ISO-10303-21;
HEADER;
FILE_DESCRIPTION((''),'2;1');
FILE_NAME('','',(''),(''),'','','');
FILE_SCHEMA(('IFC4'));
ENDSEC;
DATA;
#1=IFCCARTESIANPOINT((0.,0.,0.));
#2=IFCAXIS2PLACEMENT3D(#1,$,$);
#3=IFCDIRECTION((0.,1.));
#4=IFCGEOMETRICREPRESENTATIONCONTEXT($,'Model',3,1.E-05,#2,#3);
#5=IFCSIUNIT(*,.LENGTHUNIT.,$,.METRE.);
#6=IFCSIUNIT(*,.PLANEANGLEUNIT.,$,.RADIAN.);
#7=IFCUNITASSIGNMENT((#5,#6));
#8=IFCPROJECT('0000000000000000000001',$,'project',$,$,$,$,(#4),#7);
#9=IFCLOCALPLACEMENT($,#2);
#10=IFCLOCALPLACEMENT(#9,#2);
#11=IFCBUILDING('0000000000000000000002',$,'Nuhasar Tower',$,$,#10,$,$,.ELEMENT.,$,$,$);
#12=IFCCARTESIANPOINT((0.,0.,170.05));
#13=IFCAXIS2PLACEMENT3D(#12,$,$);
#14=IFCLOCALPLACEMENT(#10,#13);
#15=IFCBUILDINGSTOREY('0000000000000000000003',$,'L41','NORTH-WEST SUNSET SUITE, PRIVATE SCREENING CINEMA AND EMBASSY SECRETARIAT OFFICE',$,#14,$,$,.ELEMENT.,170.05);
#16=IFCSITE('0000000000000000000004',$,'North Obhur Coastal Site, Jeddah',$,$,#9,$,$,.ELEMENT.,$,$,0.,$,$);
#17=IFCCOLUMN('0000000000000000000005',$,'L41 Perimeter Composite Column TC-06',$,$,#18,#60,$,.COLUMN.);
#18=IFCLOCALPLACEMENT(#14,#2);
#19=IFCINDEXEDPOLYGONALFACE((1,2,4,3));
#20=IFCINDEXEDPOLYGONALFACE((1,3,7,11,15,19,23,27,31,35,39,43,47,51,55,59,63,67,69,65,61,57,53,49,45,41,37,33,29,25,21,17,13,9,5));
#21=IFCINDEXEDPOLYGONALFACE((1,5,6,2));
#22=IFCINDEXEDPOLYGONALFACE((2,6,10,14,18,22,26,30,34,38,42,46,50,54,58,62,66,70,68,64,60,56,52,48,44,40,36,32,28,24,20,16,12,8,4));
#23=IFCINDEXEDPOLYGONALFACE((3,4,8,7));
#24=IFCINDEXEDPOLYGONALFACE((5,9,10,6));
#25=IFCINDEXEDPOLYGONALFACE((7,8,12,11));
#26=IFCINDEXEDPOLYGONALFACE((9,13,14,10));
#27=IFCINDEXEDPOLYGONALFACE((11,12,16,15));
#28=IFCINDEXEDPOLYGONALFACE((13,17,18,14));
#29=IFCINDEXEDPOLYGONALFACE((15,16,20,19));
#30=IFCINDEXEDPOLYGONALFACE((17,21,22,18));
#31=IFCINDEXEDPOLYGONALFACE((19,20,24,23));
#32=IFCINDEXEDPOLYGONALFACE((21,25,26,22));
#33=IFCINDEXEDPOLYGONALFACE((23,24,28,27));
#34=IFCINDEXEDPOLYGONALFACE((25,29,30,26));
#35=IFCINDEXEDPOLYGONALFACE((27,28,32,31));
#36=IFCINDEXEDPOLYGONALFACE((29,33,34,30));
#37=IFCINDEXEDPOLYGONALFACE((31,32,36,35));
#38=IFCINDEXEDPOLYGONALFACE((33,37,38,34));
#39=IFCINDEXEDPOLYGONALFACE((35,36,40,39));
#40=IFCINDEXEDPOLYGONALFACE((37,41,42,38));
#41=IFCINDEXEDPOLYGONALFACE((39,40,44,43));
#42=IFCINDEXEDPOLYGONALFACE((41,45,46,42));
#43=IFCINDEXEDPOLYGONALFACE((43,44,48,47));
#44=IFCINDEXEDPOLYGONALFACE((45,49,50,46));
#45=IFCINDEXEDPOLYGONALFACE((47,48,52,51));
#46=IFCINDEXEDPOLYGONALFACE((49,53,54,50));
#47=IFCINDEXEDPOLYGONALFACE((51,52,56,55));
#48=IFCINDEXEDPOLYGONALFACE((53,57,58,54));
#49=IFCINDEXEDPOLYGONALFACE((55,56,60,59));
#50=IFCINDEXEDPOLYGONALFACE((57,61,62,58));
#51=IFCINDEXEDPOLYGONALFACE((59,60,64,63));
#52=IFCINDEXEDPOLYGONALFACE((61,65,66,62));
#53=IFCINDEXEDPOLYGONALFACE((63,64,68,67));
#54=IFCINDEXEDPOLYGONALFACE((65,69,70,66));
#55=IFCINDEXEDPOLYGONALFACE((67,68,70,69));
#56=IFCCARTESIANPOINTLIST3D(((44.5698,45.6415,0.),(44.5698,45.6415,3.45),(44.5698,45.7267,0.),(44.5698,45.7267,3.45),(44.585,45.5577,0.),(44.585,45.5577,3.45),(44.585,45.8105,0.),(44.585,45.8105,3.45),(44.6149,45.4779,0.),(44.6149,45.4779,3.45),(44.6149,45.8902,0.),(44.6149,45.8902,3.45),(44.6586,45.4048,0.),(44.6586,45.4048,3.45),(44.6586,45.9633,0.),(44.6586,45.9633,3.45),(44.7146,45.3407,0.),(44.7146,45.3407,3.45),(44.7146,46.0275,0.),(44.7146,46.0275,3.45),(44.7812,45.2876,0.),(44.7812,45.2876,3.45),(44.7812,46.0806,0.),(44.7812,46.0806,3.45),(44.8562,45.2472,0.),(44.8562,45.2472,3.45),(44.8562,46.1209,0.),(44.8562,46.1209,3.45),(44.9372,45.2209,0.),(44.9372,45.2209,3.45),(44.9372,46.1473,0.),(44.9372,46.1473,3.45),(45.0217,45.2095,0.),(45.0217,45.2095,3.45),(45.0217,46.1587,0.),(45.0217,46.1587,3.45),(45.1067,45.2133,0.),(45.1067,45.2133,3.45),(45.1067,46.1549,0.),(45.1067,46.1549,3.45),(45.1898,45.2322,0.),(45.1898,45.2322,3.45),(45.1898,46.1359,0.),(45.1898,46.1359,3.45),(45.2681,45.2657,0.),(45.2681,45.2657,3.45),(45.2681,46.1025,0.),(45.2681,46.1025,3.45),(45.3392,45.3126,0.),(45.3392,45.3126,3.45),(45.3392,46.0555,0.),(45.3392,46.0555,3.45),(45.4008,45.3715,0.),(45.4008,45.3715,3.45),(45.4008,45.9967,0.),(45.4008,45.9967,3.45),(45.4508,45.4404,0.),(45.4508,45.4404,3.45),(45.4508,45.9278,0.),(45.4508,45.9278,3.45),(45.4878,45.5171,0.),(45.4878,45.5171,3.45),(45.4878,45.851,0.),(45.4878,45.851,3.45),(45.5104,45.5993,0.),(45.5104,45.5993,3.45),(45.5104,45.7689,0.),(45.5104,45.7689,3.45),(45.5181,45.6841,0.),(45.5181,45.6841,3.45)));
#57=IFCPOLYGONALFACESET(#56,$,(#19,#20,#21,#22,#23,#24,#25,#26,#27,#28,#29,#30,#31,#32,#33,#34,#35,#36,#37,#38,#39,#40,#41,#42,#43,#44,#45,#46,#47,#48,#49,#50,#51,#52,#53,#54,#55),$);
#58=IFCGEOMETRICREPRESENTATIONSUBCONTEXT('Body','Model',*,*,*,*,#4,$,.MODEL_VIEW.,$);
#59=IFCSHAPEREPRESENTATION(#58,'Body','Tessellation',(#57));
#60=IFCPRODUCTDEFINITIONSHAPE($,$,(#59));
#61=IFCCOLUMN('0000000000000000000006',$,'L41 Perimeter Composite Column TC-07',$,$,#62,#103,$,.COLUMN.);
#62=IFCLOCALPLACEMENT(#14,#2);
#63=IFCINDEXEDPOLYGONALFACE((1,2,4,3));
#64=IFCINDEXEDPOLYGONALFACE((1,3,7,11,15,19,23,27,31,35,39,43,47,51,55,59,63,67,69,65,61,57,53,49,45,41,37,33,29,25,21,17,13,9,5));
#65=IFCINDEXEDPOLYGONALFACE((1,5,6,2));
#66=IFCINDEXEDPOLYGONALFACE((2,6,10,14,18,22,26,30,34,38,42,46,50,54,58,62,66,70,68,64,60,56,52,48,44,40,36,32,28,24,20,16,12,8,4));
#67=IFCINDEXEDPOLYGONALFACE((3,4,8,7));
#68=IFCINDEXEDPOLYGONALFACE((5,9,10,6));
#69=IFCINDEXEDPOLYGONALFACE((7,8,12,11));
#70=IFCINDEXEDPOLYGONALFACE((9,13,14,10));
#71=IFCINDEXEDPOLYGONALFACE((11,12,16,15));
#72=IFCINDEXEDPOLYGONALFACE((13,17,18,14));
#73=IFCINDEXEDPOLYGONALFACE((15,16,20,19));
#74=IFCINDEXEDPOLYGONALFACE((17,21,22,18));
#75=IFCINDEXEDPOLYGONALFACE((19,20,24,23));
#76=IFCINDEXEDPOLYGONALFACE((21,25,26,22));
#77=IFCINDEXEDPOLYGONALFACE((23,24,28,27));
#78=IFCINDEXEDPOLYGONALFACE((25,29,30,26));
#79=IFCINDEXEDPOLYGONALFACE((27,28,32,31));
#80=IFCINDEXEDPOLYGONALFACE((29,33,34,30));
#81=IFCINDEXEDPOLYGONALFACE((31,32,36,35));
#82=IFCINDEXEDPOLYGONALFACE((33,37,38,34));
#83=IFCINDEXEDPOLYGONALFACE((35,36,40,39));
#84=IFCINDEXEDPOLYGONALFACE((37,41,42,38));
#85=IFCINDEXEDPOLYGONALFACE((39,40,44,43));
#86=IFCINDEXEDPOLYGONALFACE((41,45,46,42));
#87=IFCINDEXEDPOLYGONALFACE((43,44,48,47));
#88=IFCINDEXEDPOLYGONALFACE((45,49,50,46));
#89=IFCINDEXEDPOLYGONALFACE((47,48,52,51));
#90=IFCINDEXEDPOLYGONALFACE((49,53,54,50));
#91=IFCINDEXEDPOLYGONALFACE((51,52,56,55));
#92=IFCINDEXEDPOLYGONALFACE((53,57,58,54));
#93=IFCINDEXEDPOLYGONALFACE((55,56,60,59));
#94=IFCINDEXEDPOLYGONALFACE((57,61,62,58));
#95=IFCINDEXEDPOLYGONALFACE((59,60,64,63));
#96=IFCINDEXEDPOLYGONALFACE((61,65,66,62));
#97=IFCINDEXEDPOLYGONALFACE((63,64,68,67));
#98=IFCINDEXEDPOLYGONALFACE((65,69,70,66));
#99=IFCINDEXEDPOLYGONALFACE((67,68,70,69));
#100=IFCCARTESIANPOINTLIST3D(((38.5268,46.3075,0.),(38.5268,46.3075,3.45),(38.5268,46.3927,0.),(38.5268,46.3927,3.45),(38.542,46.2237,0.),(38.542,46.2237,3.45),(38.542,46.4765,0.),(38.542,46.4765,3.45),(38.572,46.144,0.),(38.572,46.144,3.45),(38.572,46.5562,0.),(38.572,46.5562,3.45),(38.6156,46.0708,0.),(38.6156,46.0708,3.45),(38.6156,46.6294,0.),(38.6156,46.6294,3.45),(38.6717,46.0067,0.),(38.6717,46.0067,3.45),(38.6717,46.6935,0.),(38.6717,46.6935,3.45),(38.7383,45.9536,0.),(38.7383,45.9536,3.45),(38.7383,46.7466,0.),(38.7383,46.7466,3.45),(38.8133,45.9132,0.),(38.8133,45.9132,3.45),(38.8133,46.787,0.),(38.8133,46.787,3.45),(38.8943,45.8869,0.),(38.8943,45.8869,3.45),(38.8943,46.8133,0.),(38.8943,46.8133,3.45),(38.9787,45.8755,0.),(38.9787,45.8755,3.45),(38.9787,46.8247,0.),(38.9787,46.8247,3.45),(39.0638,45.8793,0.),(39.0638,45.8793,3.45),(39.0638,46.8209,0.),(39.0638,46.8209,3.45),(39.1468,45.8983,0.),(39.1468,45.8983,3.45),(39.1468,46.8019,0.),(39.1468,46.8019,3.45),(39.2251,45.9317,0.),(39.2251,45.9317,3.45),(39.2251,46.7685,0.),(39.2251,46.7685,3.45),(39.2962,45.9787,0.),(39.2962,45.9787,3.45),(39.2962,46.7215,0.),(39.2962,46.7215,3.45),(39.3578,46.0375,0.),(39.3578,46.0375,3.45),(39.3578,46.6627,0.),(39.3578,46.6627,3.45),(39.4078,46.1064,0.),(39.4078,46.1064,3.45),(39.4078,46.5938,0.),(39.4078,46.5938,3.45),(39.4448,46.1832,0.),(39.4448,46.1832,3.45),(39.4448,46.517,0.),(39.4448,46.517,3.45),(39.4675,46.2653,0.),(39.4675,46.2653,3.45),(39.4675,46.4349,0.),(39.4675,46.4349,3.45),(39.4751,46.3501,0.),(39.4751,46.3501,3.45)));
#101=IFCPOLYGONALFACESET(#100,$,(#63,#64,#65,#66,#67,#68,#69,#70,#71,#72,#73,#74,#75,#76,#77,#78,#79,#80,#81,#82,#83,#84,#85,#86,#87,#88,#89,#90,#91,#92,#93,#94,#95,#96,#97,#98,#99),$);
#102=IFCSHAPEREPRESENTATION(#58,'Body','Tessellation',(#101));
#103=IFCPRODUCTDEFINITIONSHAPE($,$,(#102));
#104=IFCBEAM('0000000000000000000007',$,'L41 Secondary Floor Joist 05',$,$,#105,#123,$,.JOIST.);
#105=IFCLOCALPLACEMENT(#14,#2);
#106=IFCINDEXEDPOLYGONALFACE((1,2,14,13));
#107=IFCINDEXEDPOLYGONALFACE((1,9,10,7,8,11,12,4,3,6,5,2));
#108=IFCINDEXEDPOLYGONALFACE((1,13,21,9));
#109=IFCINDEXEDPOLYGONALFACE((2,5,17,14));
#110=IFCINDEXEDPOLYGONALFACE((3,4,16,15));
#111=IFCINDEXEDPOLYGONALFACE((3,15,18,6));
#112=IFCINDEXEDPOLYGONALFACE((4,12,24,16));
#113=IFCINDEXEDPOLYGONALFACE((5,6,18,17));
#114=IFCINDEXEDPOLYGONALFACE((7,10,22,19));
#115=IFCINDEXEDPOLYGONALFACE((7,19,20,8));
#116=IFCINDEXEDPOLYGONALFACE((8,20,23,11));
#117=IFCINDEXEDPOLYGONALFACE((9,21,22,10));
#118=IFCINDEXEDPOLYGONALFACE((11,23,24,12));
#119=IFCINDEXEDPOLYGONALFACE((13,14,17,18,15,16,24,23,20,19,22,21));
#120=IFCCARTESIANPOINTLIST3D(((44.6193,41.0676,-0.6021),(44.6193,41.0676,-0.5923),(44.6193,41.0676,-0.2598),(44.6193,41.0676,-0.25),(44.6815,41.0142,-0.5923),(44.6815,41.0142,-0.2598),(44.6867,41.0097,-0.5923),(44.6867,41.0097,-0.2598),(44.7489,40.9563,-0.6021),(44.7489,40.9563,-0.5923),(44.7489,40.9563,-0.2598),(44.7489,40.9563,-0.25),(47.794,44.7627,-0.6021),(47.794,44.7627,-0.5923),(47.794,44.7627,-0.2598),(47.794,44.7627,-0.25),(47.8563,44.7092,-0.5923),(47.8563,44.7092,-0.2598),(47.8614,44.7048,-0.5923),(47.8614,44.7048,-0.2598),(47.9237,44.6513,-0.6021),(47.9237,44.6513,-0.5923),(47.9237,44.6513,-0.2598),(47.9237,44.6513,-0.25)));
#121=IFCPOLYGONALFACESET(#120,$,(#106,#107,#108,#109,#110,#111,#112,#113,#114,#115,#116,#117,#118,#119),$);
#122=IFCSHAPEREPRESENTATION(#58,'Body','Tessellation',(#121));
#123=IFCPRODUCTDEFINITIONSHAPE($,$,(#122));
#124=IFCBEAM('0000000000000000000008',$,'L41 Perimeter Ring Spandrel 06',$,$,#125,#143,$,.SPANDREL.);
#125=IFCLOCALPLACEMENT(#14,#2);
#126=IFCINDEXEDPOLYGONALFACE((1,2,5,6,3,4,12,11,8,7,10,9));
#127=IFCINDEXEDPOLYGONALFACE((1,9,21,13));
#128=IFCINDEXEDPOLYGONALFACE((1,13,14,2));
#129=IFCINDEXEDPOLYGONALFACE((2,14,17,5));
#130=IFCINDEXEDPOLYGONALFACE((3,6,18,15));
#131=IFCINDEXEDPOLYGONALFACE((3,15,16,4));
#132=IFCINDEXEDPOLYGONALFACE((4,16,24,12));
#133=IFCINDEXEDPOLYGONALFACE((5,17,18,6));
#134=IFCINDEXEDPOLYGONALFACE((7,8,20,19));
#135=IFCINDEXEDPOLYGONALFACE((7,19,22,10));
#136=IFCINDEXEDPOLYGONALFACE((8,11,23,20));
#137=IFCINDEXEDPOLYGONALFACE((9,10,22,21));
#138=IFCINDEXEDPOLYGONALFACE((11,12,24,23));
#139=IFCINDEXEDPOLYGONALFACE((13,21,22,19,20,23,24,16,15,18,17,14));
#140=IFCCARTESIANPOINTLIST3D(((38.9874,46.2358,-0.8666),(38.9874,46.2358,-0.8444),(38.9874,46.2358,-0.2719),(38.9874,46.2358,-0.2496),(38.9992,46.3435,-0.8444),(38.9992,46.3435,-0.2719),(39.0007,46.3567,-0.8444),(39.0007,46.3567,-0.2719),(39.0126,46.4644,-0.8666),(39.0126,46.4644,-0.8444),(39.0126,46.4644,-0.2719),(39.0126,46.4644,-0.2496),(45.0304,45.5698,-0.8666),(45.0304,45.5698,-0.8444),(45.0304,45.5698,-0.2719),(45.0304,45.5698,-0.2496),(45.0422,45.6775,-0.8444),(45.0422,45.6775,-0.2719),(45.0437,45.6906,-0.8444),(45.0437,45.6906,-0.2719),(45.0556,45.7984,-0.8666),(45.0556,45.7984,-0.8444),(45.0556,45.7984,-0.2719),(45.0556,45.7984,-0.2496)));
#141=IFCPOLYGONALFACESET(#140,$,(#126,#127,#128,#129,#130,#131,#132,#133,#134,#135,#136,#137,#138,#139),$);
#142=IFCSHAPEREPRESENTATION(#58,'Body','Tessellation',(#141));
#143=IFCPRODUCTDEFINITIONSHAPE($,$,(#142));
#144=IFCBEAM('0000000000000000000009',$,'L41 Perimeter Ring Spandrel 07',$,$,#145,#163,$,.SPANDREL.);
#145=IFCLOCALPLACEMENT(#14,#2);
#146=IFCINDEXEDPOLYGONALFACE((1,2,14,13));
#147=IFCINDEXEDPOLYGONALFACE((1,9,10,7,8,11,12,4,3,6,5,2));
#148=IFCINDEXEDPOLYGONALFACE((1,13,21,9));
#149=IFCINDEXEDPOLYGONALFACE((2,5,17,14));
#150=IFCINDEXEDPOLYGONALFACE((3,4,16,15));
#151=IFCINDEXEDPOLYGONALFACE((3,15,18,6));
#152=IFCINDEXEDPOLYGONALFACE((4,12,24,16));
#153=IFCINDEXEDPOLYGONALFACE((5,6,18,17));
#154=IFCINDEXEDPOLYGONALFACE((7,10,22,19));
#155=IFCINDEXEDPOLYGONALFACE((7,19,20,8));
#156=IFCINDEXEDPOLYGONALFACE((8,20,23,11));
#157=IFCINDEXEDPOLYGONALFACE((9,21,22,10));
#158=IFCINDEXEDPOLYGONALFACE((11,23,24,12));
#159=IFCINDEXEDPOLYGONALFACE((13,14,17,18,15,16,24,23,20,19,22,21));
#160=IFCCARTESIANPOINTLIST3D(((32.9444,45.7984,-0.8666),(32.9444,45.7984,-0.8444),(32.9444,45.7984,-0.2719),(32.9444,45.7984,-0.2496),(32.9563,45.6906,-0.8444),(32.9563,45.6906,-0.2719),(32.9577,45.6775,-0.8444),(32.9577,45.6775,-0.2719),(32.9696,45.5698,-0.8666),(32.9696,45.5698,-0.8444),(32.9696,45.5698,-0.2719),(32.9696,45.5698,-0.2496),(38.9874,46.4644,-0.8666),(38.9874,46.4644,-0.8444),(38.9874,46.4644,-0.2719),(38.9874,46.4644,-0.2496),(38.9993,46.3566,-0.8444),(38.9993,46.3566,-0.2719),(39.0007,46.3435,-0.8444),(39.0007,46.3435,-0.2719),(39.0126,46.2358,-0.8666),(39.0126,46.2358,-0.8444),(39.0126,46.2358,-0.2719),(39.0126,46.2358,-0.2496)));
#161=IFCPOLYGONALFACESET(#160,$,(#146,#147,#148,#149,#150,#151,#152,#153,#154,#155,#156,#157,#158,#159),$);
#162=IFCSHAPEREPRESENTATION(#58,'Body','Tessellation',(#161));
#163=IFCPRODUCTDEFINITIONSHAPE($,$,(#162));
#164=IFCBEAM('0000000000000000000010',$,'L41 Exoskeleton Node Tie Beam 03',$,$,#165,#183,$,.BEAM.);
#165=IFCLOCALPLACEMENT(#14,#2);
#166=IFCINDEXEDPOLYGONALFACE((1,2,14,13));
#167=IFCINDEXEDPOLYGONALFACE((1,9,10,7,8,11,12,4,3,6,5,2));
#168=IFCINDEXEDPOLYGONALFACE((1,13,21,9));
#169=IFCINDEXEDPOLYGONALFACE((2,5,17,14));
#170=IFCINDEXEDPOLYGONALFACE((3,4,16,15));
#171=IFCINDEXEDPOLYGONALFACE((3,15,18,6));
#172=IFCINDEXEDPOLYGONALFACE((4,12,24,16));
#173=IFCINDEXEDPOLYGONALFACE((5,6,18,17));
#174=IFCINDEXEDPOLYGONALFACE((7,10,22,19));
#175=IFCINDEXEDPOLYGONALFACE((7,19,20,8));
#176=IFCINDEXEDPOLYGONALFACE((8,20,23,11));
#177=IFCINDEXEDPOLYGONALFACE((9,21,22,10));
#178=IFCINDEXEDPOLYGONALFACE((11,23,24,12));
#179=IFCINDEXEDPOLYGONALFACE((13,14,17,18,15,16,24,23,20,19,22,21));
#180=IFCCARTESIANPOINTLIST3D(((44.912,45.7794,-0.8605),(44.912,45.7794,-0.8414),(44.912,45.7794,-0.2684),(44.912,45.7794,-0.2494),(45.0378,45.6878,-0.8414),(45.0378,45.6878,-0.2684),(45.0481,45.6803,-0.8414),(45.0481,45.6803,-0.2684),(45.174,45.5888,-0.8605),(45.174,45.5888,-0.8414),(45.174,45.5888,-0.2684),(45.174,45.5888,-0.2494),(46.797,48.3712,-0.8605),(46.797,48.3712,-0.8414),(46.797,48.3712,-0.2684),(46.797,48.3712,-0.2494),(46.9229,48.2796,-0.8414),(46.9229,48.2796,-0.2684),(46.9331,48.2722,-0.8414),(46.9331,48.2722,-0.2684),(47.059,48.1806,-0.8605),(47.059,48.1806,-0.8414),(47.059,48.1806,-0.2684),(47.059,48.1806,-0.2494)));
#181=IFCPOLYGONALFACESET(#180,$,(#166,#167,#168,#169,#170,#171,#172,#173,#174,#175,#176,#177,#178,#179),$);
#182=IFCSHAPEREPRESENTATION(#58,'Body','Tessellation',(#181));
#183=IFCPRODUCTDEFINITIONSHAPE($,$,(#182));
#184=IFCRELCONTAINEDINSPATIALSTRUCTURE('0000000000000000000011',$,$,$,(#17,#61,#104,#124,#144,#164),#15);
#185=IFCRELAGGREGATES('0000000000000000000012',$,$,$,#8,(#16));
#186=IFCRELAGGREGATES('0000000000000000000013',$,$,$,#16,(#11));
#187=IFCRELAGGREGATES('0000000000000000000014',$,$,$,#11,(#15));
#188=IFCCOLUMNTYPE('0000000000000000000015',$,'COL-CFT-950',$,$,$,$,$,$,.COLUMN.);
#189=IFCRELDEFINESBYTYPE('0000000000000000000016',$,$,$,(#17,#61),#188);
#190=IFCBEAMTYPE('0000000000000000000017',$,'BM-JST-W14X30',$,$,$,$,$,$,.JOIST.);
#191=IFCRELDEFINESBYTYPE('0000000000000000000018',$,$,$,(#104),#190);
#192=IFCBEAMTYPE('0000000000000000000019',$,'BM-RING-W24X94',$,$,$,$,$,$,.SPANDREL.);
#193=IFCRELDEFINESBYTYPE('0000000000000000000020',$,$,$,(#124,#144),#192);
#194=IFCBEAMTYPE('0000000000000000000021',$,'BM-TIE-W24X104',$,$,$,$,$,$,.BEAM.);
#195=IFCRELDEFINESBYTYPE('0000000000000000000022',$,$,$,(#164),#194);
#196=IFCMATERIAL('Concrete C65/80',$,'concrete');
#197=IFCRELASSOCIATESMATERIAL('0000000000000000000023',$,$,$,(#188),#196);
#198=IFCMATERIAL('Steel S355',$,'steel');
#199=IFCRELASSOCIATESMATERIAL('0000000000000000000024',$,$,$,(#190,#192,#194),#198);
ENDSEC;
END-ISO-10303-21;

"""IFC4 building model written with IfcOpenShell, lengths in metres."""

from ifc_helpers import new_model, si_unit, direction, frame, origin, origin_2d, place, context, subcontext, project, spatial, circle, i_section, extrude, material, material_profile, profile_set, type_object, element, save


model = new_model("IFC4")

# Units and contexts
model_context = context("Model", 3, precision=1e-05, world=origin(), true_north=direction((0.0, 1.0)))
body_context = subcontext(model_context, "Body", "Model", "MODEL_VIEW")
ifc_project = project(units=[si_unit("LENGTHUNIT", "METRE"), si_unit("PLANEANGLEUNIT", "RADIAN")], contexts=[model_context])

# Site, building, storey
site_placement = place(None, origin())
site = spatial("IfcSite", under=ifc_project, at=site_placement, Name="North Obhur Coastal Site, Jeddah", CompositionType="ELEMENT", RefElevation=0.0)
building_placement = place(site_placement, origin())
building = spatial("IfcBuilding", under=site, at=building_placement, Name="Nuhasar Tower", CompositionType="ELEMENT")
storey_placement = place(building_placement, frame((0.0, 0.0, 170.05)))
storey = spatial("IfcBuildingStorey", under=building, at=storey_placement, Name="L41", Description="NORTH-WEST SUNSET SUITE, PRIVATE SCREENING CINEMA AND EMBASSY SECRETARIAT OFFICE", CompositionType="ELEMENT", Elevation=170.05)

# Columns
ifc_material_1 = material(Name="Concrete C65/80", Category="concrete")
ifc_material_profile_1 = material_profile(ifc_material_1, circle(Radius=0.4751, at=origin_2d()), Name="CFT950")
ifc_profile_set_1 = profile_set([ifc_material_profile_1], Name="Concrete C65/80")
column_type = type_object("IfcColumnType", Name="COL-CFT-950", PredefinedType="COLUMN", material=ifc_profile_set_1)
for number, where, z_axis, x_axis, name in (
    (1, (45.043, 45.6841, 0.0), (0.0, 0.0, 1.0), (1.0, 0.0, 0.0), "L41 Perimeter Composite Column TC-06"),
    (2, (39.0, 46.3501, 0.0), (0.0, 0.0, 1.0), (1.0, 0.0, 0.0), "L41 Perimeter Composite Column TC-07"),
):
    element("IfcColumn", number, at=place(storey_placement, frame(where, z_axis=z_axis, x_axis=x_axis)), inside=storey, type_object=column_type, Name=name, PredefinedType="COLUMN", context=body_context, shape_type="SweptSolid", body=[
        extrude(circle(Radius=0.4751, at=origin_2d()), origin(), (0.0, 0.0, 1.0), 3.45),
    ])

# Beams
ifc_material_2 = material(Name="Steel S355", Category="steel")
ifc_material_profile_2 = material_profile(ifc_material_2, i_section(OverallWidth=0.1709, OverallDepth=0.3521, WebThickness=0.0068, FlangeThickness=0.0098, at=origin_2d()), Name="W14X30")
ifc_profile_set_2 = profile_set([ifc_material_profile_2], Name="Steel S355")
beam_type_1 = type_object("IfcBeamType", Name="BM-JST-W14X30", PredefinedType="JOIST", material=ifc_profile_set_2)
beam_1_placement = place(storey_placement, frame((44.6841, 41.012, -0.426), z_axis=(0.651691, 0.758485, 0.0), x_axis=(-0.758485, 0.651691, 0.0)))
element("IfcBeam", 3, at=beam_1_placement, inside=storey, type_object=beam_type_1, Name="L41 Secondary Floor Joist 05", PredefinedType="JOIST", context=body_context, shape_type="SweptSolid", body=[
    extrude(i_section(OverallWidth=0.1709, OverallDepth=0.3521, WebThickness=0.0068, FlangeThickness=0.0098, at=origin_2d()), origin(), (0.0, 0.0, 1.0), 4.8716),
])
ifc_material_profile_3 = material_profile(ifc_material_2, i_section(OverallWidth=0.23, OverallDepth=0.6169, WebThickness=0.0132, FlangeThickness=0.0222, at=origin_2d()), Name="W24X94")
ifc_profile_set_3 = profile_set([ifc_material_profile_3], Name="Steel S355")
beam_type_2 = type_object("IfcBeamType", Name="BM-RING-W24X94", PredefinedType="SPANDREL", material=ifc_profile_set_3)
for number, where, z_axis, x_axis, name in (
    (4, (45.043, 45.6841, -0.5581), (-0.993981, 0.10955, 0.0), (-0.10955, -0.993981, 0.0), "L41 Perimeter Ring Spandrel 06"),
    (5, (39.0, 46.3501, -0.5581), (-0.993981, -0.10955, 0.0), (0.10955, -0.993981, 0.0), "L41 Perimeter Ring Spandrel 07"),
):
    element("IfcBeam", number, at=place(storey_placement, frame(where, z_axis=z_axis, x_axis=x_axis)), inside=storey, type_object=beam_type_2, Name=name, PredefinedType="SPANDREL", context=body_context, shape_type="SweptSolid", body=[
        extrude(i_section(OverallWidth=0.23, OverallDepth=0.6169, WebThickness=0.0132, FlangeThickness=0.0222, at=origin_2d()), origin(), (0.0, 0.0, 1.0), 6.0796),
    ])
ifc_material_profile_4 = material_profile(ifc_material_2, i_section(OverallWidth=0.324, OverallDepth=0.6111, WebThickness=0.0127, FlangeThickness=0.019, at=origin_2d()), Name="W24X104")
ifc_profile_set_4 = profile_set([ifc_material_profile_4], Name="Steel S355")
beam_type_3 = type_object("IfcBeamType", Name="BM-TIE-W24X104", PredefinedType="BEAM", material=ifc_profile_set_4)
beam_2_placement = place(storey_placement, frame((45.043, 45.6841, -0.5549), z_axis=(0.588185, 0.808726, 0.0), x_axis=(-0.808726, 0.588185, 0.0)))
element("IfcBeam", 6, at=beam_2_placement, inside=storey, type_object=beam_type_3, Name="L41 Exoskeleton Node Tie Beam 03", PredefinedType="BEAM", context=body_context, shape_type="SweptSolid", body=[
    extrude(i_section(OverallWidth=0.324, OverallDepth=0.6111, WebThickness=0.0127, FlangeThickness=0.019, at=origin_2d()), origin(), (0.0, 0.0, 1.0), 3.2048),
])

save(model, "model.ifc")
